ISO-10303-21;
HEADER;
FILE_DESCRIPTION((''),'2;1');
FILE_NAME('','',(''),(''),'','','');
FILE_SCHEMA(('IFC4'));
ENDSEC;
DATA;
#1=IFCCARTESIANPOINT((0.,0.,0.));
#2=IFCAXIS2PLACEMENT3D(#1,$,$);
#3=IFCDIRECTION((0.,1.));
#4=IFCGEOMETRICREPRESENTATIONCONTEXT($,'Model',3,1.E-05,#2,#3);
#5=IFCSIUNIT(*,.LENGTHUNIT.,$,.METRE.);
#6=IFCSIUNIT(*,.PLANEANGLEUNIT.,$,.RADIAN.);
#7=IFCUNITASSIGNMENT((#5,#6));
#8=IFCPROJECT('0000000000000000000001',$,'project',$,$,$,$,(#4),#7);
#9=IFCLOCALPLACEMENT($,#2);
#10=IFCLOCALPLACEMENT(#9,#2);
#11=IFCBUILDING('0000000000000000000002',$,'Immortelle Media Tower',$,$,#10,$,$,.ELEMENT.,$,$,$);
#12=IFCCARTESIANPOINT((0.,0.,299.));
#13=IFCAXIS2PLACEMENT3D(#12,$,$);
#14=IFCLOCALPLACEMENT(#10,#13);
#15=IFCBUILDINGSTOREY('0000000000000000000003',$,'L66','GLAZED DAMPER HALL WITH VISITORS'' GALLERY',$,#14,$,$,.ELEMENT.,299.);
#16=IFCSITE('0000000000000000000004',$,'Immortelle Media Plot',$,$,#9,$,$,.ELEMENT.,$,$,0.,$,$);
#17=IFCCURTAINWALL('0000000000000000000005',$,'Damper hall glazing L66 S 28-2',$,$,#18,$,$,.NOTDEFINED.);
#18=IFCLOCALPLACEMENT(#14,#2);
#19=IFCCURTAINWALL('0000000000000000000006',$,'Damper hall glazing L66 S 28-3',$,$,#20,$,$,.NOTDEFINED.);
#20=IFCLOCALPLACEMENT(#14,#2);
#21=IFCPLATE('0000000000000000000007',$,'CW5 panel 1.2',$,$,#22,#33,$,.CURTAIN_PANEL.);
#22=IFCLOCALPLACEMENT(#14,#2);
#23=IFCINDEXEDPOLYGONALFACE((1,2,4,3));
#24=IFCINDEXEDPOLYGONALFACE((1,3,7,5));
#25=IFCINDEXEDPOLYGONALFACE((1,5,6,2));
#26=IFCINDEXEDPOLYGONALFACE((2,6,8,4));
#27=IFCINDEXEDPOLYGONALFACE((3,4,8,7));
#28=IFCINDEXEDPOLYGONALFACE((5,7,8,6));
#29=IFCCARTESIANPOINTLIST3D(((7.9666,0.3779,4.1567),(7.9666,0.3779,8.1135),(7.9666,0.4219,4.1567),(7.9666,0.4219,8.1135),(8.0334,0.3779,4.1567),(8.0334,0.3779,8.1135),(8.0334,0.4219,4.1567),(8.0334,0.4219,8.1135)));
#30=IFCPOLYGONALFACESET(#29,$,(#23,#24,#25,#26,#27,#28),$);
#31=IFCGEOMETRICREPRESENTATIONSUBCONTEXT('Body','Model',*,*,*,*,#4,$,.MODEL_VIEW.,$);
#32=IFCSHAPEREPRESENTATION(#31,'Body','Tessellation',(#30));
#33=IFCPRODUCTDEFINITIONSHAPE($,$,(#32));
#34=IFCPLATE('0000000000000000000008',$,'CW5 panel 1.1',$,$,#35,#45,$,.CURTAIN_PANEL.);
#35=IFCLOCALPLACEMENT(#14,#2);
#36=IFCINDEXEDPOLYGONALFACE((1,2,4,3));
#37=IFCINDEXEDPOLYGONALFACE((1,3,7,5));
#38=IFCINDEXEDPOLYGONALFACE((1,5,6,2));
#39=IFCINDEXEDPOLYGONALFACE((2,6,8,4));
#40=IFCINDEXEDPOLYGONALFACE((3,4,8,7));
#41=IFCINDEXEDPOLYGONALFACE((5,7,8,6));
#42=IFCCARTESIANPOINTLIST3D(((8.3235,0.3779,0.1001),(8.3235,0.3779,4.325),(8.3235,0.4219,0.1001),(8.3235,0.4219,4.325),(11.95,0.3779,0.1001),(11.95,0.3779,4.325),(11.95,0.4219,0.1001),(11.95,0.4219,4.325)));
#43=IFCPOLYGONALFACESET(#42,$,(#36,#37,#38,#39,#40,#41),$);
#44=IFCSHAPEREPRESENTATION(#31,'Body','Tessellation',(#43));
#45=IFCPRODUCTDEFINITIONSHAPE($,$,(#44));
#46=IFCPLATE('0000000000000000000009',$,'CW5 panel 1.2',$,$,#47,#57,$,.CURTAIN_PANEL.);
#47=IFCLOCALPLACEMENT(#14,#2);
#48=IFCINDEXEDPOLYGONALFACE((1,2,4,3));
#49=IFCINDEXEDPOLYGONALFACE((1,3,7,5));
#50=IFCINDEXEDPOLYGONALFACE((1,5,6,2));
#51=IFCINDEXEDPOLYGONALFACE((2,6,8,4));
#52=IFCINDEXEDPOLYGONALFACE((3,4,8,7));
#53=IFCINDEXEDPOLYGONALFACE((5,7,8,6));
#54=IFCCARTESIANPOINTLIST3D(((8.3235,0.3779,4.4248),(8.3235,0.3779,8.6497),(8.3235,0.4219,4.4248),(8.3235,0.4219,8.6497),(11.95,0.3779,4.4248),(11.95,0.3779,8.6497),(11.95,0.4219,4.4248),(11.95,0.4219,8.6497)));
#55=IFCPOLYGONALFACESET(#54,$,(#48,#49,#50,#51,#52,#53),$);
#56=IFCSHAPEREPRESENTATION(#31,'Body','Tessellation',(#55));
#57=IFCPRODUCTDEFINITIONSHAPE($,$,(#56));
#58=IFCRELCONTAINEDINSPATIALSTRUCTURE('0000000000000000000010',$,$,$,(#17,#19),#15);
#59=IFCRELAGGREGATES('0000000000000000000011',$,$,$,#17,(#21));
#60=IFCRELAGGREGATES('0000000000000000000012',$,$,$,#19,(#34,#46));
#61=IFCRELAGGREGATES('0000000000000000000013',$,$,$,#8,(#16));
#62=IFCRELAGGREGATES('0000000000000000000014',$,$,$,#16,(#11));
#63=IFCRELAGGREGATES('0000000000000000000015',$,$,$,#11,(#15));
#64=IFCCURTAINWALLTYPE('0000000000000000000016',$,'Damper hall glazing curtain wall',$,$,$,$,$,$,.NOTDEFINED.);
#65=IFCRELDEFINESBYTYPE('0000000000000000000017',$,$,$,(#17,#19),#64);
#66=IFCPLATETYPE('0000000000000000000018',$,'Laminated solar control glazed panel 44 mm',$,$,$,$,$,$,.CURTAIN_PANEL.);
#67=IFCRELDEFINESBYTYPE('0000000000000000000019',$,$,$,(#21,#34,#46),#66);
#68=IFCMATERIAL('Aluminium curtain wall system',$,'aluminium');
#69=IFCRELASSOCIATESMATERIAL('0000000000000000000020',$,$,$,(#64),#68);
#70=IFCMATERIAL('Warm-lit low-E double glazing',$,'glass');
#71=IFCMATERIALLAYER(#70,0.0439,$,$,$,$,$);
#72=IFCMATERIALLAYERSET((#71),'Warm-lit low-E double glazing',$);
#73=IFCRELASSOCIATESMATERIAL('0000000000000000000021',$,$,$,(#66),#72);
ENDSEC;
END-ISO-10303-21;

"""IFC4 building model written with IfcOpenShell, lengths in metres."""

from ifc_helpers import new_model, si_unit, direction, frame, origin, origin_2d, place, context, subcontext, project, spatial, rectangle, extrude, material, layer, layer_set, type_object, element, aggregate, save


model = new_model("IFC4")

# Units and contexts
model_context = context("Model", 3, precision=1e-05, world=origin(), true_north=direction((0.0, 1.0)))
body_context = subcontext(model_context, "Body", "Model", "MODEL_VIEW")
ifc_project = project(units=[si_unit("LENGTHUNIT", "METRE"), si_unit("PLANEANGLEUNIT", "RADIAN")], contexts=[model_context])

# Site, building, storey
site_placement = place(None, origin())
site = spatial("IfcSite", under=ifc_project, at=site_placement, Name="Immortelle Media Plot", CompositionType="ELEMENT", RefElevation=0.0)
building_placement = place(site_placement, origin())
building = spatial("IfcBuilding", under=site, at=building_placement, Name="Immortelle Media Tower", CompositionType="ELEMENT")
storey_placement = place(building_placement, frame((0.0, 0.0, 299.0)))
storey = spatial("IfcBuildingStorey", under=building, at=storey_placement, Name="L66", Description="GLAZED DAMPER HALL WITH VISITORS' GALLERY", CompositionType="ELEMENT", Elevation=299.0)

# Shared definitions
ifc_material_1 = material(Name="Aluminium curtain wall system", Category="aluminium")
curtain_wall_type = type_object("IfcCurtainWallType", Name="Damper hall glazing curtain wall", PredefinedType="NOTDEFINED", material=ifc_material_1)

# Curtain wall
curtain_wall_1_placement = place(storey_placement, origin())
curtain_wall_1 = element("IfcCurtainWall", 1, at=curtain_wall_1_placement, inside=storey, type_object=curtain_wall_type, Name="Damper hall glazing L66 S 28-2", PredefinedType="NOTDEFINED")

# Curtain wall
curtain_wall_2_placement = place(storey_placement, origin())
curtain_wall_2 = element("IfcCurtainWall", 2, at=curtain_wall_2_placement, inside=storey, type_object=curtain_wall_type, Name="Damper hall glazing L66 S 28-3", PredefinedType="NOTDEFINED")

# Plates
ifc_material_2 = material(Name="Warm-lit low-E double glazing", Category="glass")
ifc_layer = layer(ifc_material_2, 0.0439)
ifc_layer_set = layer_set([ifc_layer], Name="Warm-lit low-E double glazing")
plate_type = type_object("IfcPlateType", Name="Laminated solar control glazed panel 44 mm", PredefinedType="CURTAIN_PANEL", material=ifc_layer_set)
plate_1_placement = place(storey_placement, frame((8.0, 0.3999, 4.1567), z_axis=(0.0, 0.0, 1.0), x_axis=(1.0, 0.0, 0.0)))
plate_1 = element("IfcPlate", 3, at=plate_1_placement, type_object=plate_type, Name="CW5 panel 1.2", PredefinedType="CURTAIN_PANEL", context=body_context, shape_type="SweptSolid", body=[
    extrude(rectangle(XDim=0.0669, YDim=0.0439, at=origin_2d()), origin(), (0.0, 0.0, 1.0), 3.9568),
])
aggregate(curtain_wall_1, [plate_1])
plate_2_placement = place(storey_placement, frame((10.1367, 0.3999, 0.1001), z_axis=(0.0, 0.0, 1.0), x_axis=(1.0, 0.0, 0.0)))
plate_2 = element("IfcPlate", 4, at=plate_2_placement, type_object=plate_type, Name="CW5 panel 1.1", PredefinedType="CURTAIN_PANEL", context=body_context, shape_type="SweptSolid", body=[
    extrude(rectangle(XDim=3.6265, YDim=0.0439, at=origin_2d()), origin(), (0.0, 0.0, 1.0), 4.2249),
])
plate_3_placement = place(storey_placement, frame((10.1367, 0.3999, 4.4248), z_axis=(0.0, 0.0, 1.0), x_axis=(1.0, 0.0, 0.0)))
plate_3 = element("IfcPlate", 5, at=plate_3_placement, type_object=plate_type, Name="CW5 panel 1.2", PredefinedType="CURTAIN_PANEL", context=body_context, shape_type="SweptSolid", body=[
    extrude(rectangle(XDim=3.6265, YDim=0.0439, at=origin_2d()), origin(), (0.0, 0.0, 1.0), 4.2249),
])
aggregate(curtain_wall_2, [plate_2, plate_3])

save(model, "model.ifc")
